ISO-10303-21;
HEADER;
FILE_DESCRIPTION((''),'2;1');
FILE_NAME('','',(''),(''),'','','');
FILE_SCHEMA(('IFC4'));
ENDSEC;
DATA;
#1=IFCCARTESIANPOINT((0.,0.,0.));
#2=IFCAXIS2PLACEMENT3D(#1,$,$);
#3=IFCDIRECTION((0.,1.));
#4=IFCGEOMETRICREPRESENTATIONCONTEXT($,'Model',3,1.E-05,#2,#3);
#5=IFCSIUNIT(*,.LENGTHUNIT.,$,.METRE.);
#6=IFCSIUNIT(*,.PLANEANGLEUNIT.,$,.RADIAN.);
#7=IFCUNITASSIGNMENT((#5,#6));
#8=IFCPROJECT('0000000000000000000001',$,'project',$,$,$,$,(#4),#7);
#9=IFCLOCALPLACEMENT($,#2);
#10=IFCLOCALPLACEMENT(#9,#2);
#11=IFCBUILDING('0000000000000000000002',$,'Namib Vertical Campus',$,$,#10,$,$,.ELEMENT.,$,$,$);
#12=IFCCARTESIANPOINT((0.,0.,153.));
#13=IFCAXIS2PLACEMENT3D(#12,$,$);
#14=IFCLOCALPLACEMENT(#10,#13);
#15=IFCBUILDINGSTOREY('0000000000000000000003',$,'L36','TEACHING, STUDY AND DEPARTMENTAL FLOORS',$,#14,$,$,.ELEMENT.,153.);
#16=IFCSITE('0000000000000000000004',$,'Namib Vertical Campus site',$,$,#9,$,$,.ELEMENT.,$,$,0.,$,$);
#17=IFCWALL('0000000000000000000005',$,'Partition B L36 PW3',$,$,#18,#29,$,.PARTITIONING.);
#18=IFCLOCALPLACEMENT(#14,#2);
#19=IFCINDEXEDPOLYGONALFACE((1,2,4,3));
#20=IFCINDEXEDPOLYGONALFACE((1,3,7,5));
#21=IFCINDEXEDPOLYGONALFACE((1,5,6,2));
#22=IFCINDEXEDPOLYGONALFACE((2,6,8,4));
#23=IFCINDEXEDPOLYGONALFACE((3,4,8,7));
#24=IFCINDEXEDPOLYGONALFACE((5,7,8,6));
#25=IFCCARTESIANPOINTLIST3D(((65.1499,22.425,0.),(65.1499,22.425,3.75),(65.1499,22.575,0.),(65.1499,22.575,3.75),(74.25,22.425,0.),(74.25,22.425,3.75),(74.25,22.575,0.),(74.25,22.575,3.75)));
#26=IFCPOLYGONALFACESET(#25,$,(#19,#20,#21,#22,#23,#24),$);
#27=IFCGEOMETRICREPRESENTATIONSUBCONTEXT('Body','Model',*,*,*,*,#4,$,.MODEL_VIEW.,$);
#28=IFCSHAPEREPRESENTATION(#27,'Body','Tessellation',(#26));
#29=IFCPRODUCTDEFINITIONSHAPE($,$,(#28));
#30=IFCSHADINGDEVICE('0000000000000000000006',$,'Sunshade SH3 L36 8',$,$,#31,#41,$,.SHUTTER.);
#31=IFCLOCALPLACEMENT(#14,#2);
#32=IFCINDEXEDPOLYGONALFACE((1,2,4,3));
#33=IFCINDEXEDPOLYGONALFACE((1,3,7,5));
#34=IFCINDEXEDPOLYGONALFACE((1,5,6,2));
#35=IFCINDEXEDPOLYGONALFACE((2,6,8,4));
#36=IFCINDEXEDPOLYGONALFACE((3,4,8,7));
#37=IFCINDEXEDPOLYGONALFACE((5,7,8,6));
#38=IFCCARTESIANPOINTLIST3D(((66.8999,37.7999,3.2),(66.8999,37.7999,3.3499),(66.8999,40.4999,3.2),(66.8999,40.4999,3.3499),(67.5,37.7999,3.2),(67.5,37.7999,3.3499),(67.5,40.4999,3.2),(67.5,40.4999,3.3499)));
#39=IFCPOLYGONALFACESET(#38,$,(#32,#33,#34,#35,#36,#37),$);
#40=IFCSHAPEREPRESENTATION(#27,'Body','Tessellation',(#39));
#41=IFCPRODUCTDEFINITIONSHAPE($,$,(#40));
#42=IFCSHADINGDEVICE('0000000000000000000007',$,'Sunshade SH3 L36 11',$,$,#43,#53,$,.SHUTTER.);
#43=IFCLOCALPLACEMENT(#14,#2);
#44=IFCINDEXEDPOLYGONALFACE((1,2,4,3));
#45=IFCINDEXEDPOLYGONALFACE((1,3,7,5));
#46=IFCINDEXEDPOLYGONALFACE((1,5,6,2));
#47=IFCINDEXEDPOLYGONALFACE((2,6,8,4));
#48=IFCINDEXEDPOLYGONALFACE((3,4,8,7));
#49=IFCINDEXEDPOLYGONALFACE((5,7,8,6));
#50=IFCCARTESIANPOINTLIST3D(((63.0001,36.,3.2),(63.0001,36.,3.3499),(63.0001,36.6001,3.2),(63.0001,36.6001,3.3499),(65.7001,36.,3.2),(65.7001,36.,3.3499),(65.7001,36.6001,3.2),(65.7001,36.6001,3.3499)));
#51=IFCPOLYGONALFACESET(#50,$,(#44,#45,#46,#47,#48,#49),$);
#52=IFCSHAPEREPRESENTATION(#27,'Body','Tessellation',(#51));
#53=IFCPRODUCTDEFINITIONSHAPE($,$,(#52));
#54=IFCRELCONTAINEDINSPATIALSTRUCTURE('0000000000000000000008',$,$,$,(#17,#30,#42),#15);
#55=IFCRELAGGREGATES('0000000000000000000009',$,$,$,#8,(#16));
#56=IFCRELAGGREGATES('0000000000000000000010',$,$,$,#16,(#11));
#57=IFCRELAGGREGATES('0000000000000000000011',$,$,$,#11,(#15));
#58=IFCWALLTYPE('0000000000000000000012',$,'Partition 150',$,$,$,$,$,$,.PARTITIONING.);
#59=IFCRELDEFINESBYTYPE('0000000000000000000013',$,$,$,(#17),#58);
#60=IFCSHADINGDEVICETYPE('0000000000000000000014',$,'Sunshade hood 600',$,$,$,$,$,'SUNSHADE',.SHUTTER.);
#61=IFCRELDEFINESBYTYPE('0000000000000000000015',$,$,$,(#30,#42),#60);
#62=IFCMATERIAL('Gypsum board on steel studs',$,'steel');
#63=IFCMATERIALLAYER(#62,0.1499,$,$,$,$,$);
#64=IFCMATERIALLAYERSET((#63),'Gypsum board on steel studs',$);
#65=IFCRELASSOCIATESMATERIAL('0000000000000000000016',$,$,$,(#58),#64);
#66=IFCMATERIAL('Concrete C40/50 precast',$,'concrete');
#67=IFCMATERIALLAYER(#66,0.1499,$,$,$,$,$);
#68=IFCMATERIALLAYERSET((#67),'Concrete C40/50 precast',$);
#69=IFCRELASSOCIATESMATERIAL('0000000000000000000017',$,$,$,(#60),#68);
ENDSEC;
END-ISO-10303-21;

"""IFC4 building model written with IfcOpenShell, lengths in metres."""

from ifc_helpers import new_model, si_unit, direction, frame, frame_2d, origin, origin_2d, place, context, subcontext, project, spatial, rectangle, extrude, material, layer, layer_set, type_object, element, save


model = new_model("IFC4")

# Units and contexts
model_context = context("Model", 3, precision=1e-05, world=origin(), true_north=direction((0.0, 1.0)))
body_context = subcontext(model_context, "Body", "Model", "MODEL_VIEW")
ifc_project = project(units=[si_unit("LENGTHUNIT", "METRE"), si_unit("PLANEANGLEUNIT", "RADIAN")], contexts=[model_context])

# Site, building, storey
site_placement = place(None, origin())
site = spatial("IfcSite", under=ifc_project, at=site_placement, Name="Namib Vertical Campus site", CompositionType="ELEMENT", RefElevation=0.0)
building_placement = place(site_placement, origin())
building = spatial("IfcBuilding", under=site, at=building_placement, Name="Namib Vertical Campus", CompositionType="ELEMENT")
storey_placement = place(building_placement, frame((0.0, 0.0, 153.0)))
storey = spatial("IfcBuildingStorey", under=building, at=storey_placement, Name="L36", Description="TEACHING, STUDY AND DEPARTMENTAL FLOORS", CompositionType="ELEMENT", Elevation=153.0)

# Wall
ifc_material_1 = material(Name="Gypsum board on steel studs", Category="steel")
ifc_layer_1 = layer(ifc_material_1, 0.1499)
ifc_layer_set_1 = layer_set([ifc_layer_1], Name="Gypsum board on steel studs")
wall_type_1 = type_object("IfcWallType", Name="Partition 150", PredefinedType="PARTITIONING", material=ifc_layer_set_1)
wall_1_placement = place(storey_placement, frame((65.1499, 22.5, 0.0), z_axis=(0.0, 0.0, 1.0), x_axis=(1.0, 0.0, 0.0)))
element("IfcWall", 1, at=wall_1_placement, inside=storey, type_object=wall_type_1, Name="Partition B L36 PW3", PredefinedType="PARTITIONING", context=body_context, shape_type="SweptSolid", body=[
    extrude(rectangle(XDim=9.1001, YDim=0.1499, at=frame_2d((4.55, 0.0))), origin(), (0.0, 0.0, 1.0), 3.75),
])

# Shading devices
ifc_material_2 = material(Name="Concrete C40/50 precast", Category="concrete")
ifc_layer_2 = layer(ifc_material_2, 0.1499)
ifc_layer_set_2 = layer_set([ifc_layer_2], Name="Concrete C40/50 precast")
shading_device_type = type_object("IfcShadingDeviceType", Name="Sunshade hood 600", ElementType="SUNSHADE", PredefinedType="SHUTTER", material=ifc_layer_set_2)
for number, where, z_axis, x_axis, name in (
    (2, (67.2, 39.1499, 3.2), (0.0, 0.0, 1.0), (0.0, -1.0, 0.0), "Sunshade SH3 L36 8"),
    (3, (64.3501, 36.3, 3.2), (0.0, 0.0, 1.0), (-1.0, 0.0, 0.0), "Sunshade SH3 L36 11"),
):
    element("IfcShadingDevice", number, at=place(storey_placement, frame(where, z_axis=z_axis, x_axis=x_axis)), inside=storey, type_object=shading_device_type, Name=name, PredefinedType="SHUTTER", context=body_context, shape_type="SweptSolid", body=[
        extrude(rectangle(XDim=2.7, YDim=0.6001, at=origin_2d()), origin(), (0.0, 0.0, 1.0), 0.1499),
    ])

save(model, "model.ifc")
